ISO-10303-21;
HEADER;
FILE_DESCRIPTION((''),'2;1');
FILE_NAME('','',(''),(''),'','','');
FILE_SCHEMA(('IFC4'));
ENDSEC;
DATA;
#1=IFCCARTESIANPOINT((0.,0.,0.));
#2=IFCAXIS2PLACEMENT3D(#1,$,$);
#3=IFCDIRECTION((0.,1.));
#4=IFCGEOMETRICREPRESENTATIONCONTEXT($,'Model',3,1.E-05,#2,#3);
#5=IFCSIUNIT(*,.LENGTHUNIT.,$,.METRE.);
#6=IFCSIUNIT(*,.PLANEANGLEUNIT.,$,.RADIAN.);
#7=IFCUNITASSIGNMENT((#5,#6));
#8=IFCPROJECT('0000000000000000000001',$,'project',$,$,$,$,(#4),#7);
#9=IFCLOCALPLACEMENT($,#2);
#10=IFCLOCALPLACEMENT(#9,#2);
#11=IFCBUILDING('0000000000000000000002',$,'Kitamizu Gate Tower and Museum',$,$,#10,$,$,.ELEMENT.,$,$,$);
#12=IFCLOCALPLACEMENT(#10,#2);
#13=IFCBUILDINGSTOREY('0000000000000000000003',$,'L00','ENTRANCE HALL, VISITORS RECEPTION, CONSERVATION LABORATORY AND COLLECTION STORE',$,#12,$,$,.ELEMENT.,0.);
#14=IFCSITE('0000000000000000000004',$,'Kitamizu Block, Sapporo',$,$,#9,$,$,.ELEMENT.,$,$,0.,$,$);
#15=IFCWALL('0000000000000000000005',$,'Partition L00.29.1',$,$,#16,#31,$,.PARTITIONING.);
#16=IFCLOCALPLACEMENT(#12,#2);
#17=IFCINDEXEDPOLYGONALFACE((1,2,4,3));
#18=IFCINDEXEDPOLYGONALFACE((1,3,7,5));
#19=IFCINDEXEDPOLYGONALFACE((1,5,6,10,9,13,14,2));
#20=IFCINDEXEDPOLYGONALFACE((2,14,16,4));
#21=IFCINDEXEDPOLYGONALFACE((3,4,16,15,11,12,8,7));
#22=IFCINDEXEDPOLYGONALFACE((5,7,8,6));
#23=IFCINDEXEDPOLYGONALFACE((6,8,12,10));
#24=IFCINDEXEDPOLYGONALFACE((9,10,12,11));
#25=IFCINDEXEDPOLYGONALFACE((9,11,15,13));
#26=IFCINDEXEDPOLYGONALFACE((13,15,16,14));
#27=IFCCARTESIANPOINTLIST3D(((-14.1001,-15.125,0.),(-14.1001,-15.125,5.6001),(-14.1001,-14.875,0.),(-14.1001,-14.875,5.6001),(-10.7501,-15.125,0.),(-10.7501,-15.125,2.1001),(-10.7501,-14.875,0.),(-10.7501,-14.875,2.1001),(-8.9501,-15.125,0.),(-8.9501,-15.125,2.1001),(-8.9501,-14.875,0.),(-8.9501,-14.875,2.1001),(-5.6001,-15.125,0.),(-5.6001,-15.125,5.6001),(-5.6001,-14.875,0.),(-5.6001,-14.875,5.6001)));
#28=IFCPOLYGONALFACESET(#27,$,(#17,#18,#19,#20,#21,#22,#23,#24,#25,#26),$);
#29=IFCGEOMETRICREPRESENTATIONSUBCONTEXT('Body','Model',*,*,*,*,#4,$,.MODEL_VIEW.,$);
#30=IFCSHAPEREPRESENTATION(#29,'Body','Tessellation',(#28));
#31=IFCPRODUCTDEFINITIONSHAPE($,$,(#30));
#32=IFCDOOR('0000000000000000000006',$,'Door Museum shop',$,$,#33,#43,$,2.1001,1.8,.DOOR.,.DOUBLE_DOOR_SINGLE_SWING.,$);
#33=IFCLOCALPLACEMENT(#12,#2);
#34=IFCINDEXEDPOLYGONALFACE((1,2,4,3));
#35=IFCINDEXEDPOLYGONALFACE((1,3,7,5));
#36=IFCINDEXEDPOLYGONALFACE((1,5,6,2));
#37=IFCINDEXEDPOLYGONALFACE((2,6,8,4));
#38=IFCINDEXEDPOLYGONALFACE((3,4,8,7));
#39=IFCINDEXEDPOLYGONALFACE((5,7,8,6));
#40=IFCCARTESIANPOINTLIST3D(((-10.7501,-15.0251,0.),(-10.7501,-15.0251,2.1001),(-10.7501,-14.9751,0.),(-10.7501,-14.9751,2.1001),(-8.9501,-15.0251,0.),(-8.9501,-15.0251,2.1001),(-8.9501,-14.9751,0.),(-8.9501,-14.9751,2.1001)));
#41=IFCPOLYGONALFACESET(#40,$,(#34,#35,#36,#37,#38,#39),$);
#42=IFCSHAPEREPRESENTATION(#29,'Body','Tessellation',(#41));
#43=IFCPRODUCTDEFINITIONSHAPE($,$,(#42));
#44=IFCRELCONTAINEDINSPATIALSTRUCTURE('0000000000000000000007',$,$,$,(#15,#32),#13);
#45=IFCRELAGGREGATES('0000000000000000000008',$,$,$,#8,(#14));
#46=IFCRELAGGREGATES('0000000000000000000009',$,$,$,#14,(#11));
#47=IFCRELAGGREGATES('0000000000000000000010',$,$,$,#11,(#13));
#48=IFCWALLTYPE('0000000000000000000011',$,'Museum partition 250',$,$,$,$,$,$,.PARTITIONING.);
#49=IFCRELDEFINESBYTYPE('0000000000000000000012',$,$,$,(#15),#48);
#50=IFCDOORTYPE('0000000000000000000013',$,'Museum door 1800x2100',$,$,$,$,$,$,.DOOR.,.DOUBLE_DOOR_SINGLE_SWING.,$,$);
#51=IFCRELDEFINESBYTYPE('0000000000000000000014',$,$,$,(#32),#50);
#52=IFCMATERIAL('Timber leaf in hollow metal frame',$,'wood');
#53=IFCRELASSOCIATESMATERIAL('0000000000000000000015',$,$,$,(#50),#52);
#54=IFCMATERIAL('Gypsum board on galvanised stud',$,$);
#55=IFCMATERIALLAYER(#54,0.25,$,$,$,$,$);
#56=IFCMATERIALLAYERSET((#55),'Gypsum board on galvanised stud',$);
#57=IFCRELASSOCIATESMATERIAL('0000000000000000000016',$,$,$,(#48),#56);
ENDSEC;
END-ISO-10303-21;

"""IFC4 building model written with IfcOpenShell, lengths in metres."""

from ifc_helpers import new_model, si_unit, direction, frame, frame_2d, origin, place, context, subcontext, project, spatial, rectangle, extrude, material, layer, layer_set, type_object, element, fill, save


model = new_model("IFC4")

# Units and contexts
model_context = context("Model", 3, precision=1e-05, world=origin(), true_north=direction((0.0, 1.0)))
body_context = subcontext(model_context, "Body", "Model", "MODEL_VIEW")
ifc_project = project(units=[si_unit("LENGTHUNIT", "METRE"), si_unit("PLANEANGLEUNIT", "RADIAN")], contexts=[model_context])

# Site, building, storey
site_placement = place(None, origin())
site = spatial("IfcSite", under=ifc_project, at=site_placement, Name="Kitamizu Block, Sapporo", CompositionType="ELEMENT", RefElevation=0.0)
building_placement = place(site_placement, origin())
building = spatial("IfcBuilding", under=site, at=building_placement, Name="Kitamizu Gate Tower and Museum", CompositionType="ELEMENT")
storey_placement = place(building_placement, origin())
storey = spatial("IfcBuildingStorey", under=building, at=storey_placement, Name="L00", Description="ENTRANCE HALL, VISITORS RECEPTION, CONSERVATION LABORATORY AND COLLECTION STORE", CompositionType="ELEMENT", Elevation=0.0)

# Wall, opening, door
ifc_material_1 = material(Name="Timber leaf in hollow metal frame", Category="wood")
door_type_1 = type_object("IfcDoorType", Name="Museum door 1800x2100", OperationType="DOUBLE_DOOR_SINGLE_SWING", PredefinedType="DOOR", material=ifc_material_1)
ifc_material_2 = material(Name="Gypsum board on galvanised stud")
ifc_layer_1 = layer(ifc_material_2, 0.25)
ifc_layer_set_1 = layer_set([ifc_layer_1], Name="Gypsum board on galvanised stud")
wall_type_1 = type_object("IfcWallType", Name="Museum partition 250", PredefinedType="PARTITIONING", material=ifc_layer_set_1)
wall_1_placement = place(storey_placement, frame((-14.1001, -15.0, 0.0), z_axis=(0.0, 0.0, 1.0), x_axis=(1.0, 0.0, 0.0)))
wall_1 = element("IfcWall", 1, at=wall_1_placement, inside=storey, type_object=wall_type_1, Name="Partition L00.29.1", PredefinedType="PARTITIONING", context=body_context, shape_type="SweptSolid", body=[
    extrude(rectangle(XDim=8.5, YDim=0.25, at=frame_2d((4.25, 0.0))), origin(), (0.0, 0.0, 1.0), 5.6001),
])
opening_1_placement = place(wall_1_placement, frame((3.3501, 0.0, 0.0)))
opening_1 = element("IfcOpeningElement", 2, at=opening_1_placement, cuts=wall_1, PredefinedType="OPENING", context=body_context, shape_type="SweptSolid", body=[
    extrude(rectangle(XDim=1.8, YDim=2.1001, at=frame_2d((0.8999, 1.05))), frame((0.0, 0.135, 0.0), z_axis=(0.0, -1.0, 0.0), x_axis=(1.0, 0.0, 0.0)), (0.0, 0.0, 1.0), 0.27),
])
door_1_placement = place(opening_1_placement, origin())
door_1 = element("IfcDoor", 3, at=door_1_placement, inside=storey, type_object=door_type_1, Name="Door Museum shop", OperationType="DOUBLE_DOOR_SINGLE_SWING", OverallHeight=2.1001, OverallWidth=1.8, PredefinedType="DOOR", context=body_context, shape_type="SweptSolid", body=[
    extrude(rectangle(XDim=1.8, YDim=2.1001, at=frame_2d((0.8999, 1.05))), frame((0.0, 0.0249, 0.0), z_axis=(0.0, -1.0, 0.0), x_axis=(1.0, 0.0, 0.0)), (0.0, 0.0, 1.0), 0.05),
])
fill(opening_1, door_1)

save(model, "model.ifc")
